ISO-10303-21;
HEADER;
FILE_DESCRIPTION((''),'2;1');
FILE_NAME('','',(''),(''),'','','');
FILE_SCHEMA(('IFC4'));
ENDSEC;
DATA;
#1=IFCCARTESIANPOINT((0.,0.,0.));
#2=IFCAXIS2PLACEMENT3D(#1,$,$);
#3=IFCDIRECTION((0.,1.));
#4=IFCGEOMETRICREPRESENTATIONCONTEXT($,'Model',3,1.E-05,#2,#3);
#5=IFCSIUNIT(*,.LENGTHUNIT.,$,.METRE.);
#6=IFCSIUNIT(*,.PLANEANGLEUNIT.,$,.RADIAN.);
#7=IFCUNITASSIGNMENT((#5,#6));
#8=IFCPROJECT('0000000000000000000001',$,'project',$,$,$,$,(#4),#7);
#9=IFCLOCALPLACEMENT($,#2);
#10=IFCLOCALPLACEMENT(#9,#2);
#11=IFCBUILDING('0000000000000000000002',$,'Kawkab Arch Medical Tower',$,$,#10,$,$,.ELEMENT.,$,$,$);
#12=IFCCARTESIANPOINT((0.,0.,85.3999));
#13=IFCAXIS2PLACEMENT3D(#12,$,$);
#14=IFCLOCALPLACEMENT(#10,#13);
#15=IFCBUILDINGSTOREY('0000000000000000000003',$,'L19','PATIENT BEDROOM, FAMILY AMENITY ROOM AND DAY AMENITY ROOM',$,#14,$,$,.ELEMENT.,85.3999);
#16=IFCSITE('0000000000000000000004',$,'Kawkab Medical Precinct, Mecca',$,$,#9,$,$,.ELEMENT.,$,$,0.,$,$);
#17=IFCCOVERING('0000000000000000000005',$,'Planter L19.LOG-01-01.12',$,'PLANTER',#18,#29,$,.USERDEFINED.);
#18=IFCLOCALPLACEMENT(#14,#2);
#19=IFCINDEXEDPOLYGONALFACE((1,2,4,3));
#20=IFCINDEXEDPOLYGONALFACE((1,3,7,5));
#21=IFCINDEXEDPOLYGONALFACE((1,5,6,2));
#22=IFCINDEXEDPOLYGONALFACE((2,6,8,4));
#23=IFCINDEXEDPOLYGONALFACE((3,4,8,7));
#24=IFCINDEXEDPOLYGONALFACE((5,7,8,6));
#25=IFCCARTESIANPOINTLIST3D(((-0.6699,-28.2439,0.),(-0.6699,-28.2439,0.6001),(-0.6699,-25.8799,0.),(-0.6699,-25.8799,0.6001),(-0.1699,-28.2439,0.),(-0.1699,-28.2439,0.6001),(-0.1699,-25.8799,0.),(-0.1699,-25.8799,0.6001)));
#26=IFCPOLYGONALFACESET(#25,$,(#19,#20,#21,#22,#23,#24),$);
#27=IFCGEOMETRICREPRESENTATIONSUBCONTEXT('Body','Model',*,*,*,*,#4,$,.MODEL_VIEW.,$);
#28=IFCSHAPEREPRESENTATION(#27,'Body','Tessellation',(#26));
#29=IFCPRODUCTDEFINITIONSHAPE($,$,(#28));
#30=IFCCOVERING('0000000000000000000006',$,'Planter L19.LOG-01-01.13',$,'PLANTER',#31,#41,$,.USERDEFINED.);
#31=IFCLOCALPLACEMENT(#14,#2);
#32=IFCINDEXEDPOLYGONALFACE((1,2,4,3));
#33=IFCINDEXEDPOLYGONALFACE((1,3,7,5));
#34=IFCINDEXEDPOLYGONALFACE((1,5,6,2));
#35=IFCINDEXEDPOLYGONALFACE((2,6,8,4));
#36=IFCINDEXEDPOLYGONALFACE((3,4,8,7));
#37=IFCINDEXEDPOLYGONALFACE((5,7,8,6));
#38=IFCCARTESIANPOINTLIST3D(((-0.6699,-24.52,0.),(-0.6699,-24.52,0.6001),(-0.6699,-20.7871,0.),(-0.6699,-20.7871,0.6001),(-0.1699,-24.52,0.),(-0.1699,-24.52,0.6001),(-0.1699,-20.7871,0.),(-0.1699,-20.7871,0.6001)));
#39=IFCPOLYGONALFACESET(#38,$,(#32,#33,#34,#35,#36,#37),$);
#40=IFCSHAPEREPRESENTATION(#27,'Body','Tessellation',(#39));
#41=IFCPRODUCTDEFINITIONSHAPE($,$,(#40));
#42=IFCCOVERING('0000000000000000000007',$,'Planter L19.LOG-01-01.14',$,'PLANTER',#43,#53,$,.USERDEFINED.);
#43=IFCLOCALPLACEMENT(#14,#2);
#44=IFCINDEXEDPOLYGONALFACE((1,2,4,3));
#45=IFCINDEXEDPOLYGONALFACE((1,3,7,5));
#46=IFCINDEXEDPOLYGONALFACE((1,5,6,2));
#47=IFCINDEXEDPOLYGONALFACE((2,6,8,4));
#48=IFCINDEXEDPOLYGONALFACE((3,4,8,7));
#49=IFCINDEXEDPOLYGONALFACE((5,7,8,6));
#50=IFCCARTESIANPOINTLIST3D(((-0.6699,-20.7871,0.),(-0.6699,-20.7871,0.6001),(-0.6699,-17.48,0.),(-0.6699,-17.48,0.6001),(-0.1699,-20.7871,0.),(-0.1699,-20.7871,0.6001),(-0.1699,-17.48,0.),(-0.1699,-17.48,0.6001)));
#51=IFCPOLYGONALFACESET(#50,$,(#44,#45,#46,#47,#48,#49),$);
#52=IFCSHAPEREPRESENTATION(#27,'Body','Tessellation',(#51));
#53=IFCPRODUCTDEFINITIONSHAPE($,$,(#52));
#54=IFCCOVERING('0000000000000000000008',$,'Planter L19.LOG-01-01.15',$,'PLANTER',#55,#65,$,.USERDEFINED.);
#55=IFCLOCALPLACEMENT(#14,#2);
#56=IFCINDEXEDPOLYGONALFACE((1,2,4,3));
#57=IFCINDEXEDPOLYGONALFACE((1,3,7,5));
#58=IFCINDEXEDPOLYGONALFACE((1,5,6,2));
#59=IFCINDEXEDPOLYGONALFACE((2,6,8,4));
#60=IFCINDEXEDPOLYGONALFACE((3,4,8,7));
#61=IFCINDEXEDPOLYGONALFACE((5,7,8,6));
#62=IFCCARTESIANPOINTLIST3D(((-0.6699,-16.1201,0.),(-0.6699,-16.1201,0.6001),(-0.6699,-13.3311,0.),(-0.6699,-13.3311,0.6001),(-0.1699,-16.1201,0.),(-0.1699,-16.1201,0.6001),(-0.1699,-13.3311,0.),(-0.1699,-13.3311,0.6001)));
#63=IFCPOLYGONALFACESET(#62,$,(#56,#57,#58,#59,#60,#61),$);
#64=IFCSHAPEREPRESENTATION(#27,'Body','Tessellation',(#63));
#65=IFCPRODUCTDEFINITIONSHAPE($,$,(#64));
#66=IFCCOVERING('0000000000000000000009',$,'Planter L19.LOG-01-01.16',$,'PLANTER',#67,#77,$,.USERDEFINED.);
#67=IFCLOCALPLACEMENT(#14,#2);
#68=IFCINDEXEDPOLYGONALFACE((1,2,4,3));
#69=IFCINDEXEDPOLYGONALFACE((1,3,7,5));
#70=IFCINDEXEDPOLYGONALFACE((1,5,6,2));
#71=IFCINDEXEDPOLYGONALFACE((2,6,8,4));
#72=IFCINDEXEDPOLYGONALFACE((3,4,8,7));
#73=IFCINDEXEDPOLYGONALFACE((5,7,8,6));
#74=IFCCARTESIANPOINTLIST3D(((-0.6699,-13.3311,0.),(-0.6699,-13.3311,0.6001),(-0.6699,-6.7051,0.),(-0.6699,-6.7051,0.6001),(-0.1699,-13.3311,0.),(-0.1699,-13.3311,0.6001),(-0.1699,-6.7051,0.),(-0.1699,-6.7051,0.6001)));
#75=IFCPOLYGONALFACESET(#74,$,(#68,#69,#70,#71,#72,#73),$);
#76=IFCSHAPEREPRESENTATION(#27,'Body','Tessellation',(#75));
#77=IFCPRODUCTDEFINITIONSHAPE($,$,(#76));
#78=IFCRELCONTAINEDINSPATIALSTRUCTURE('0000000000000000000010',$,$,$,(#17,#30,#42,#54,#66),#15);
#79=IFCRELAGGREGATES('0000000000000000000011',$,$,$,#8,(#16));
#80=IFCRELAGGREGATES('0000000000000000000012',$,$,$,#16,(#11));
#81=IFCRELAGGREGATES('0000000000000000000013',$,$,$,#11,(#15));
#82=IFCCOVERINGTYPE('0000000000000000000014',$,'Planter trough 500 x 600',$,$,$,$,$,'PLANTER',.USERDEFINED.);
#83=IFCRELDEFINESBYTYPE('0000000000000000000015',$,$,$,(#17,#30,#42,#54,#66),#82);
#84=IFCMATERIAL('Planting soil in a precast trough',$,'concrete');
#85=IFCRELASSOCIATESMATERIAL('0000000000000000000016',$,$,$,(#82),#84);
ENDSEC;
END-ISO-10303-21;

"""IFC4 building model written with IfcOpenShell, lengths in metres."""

from ifc_helpers import new_model, si_unit, direction, frame, origin, origin_2d, place, context, subcontext, project, spatial, rectangle, extrude, material, material_profile, profile_set, type_object, element, save


model = new_model("IFC4")

# Units and contexts
model_context = context("Model", 3, precision=1e-05, world=origin(), true_north=direction((0.0, 1.0)))
body_context = subcontext(model_context, "Body", "Model", "MODEL_VIEW")
ifc_project = project(units=[si_unit("LENGTHUNIT", "METRE"), si_unit("PLANEANGLEUNIT", "RADIAN")], contexts=[model_context])

# Site, building, storey
site_placement = place(None, origin())
site = spatial("IfcSite", under=ifc_project, at=site_placement, Name="Kawkab Medical Precinct, Mecca", CompositionType="ELEMENT", RefElevation=0.0)
building_placement = place(site_placement, origin())
building = spatial("IfcBuilding", under=site, at=building_placement, Name="Kawkab Arch Medical Tower", CompositionType="ELEMENT")
storey_placement = place(building_placement, frame((0.0, 0.0, 85.3999)))
storey = spatial("IfcBuildingStorey", under=building, at=storey_placement, Name="L19", Description="PATIENT BEDROOM, FAMILY AMENITY ROOM AND DAY AMENITY ROOM", CompositionType="ELEMENT", Elevation=85.3999)

# Coverings
ifc_material_1 = material(Name="Planting soil in a precast trough", Category="concrete")
ifc_material_profile_1 = material_profile(ifc_material_1, rectangle(XDim=0.5, YDim=0.6001, at=origin_2d()), Name="Trough 500x600")
ifc_profile_set_1 = profile_set([ifc_material_profile_1], Name="Planting soil in a precast trough")
covering_type_1 = type_object("IfcCoveringType", Name="Planter trough 500 x 600", ElementType="PLANTER", PredefinedType="USERDEFINED", material=ifc_profile_set_1)
covering_1_placement = place(storey_placement, frame((-0.4199, -28.2439, 0.3), z_axis=(0.0, 1.0, 0.0), x_axis=(-1.0, 0.0, 0.0)))
element("IfcCovering", 1, at=covering_1_placement, inside=storey, type_object=covering_type_1, Name="Planter L19.LOG-01-01.12", ObjectType="PLANTER", PredefinedType="USERDEFINED", context=body_context, shape_type="SweptSolid", body=[
    extrude(rectangle(XDim=0.5, YDim=0.6001, at=origin_2d()), origin(), (0.0, 0.0, 1.0), 2.364),
])
covering_2_placement = place(storey_placement, frame((-0.4199, -24.52, 0.3), z_axis=(0.0, 1.0, 0.0), x_axis=(-1.0, 0.0, 0.0)))
element("IfcCovering", 2, at=covering_2_placement, inside=storey, type_object=covering_type_1, Name="Planter L19.LOG-01-01.13", ObjectType="PLANTER", PredefinedType="USERDEFINED", context=body_context, shape_type="SweptSolid", body=[
    extrude(rectangle(XDim=0.5, YDim=0.6001, at=origin_2d()), origin(), (0.0, 0.0, 1.0), 3.7329),
])
covering_3_placement = place(storey_placement, frame((-0.4199, -20.7871, 0.3), z_axis=(0.0, 1.0, 0.0), x_axis=(-1.0, 0.0, 0.0)))
element("IfcCovering", 3, at=covering_3_placement, inside=storey, type_object=covering_type_1, Name="Planter L19.LOG-01-01.14", ObjectType="PLANTER", PredefinedType="USERDEFINED", context=body_context, shape_type="SweptSolid", body=[
    extrude(rectangle(XDim=0.5, YDim=0.6001, at=origin_2d()), origin(), (0.0, 0.0, 1.0), 3.3071),
])
covering_4_placement = place(storey_placement, frame((-0.4199, -16.1201, 0.3), z_axis=(0.0, 1.0, 0.0), x_axis=(-1.0, 0.0, 0.0)))
element("IfcCovering", 4, at=covering_4_placement, inside=storey, type_object=covering_type_1, Name="Planter L19.LOG-01-01.15", ObjectType="PLANTER", PredefinedType="USERDEFINED", context=body_context, shape_type="SweptSolid", body=[
    extrude(rectangle(XDim=0.5, YDim=0.6001, at=origin_2d()), origin(), (0.0, 0.0, 1.0), 2.7891),
])
covering_5_placement = place(storey_placement, frame((-0.4199, -13.3311, 0.3), z_axis=(0.0, 1.0, 0.0), x_axis=(-1.0, 0.0, 0.0)))
element("IfcCovering", 5, at=covering_5_placement, inside=storey, type_object=covering_type_1, Name="Planter L19.LOG-01-01.16", ObjectType="PLANTER", PredefinedType="USERDEFINED", context=body_context, shape_type="SweptSolid", body=[
    extrude(rectangle(XDim=0.5, YDim=0.6001, at=origin_2d()), origin(), (0.0, 0.0, 1.0), 6.626),
])

save(model, "model.ifc")
